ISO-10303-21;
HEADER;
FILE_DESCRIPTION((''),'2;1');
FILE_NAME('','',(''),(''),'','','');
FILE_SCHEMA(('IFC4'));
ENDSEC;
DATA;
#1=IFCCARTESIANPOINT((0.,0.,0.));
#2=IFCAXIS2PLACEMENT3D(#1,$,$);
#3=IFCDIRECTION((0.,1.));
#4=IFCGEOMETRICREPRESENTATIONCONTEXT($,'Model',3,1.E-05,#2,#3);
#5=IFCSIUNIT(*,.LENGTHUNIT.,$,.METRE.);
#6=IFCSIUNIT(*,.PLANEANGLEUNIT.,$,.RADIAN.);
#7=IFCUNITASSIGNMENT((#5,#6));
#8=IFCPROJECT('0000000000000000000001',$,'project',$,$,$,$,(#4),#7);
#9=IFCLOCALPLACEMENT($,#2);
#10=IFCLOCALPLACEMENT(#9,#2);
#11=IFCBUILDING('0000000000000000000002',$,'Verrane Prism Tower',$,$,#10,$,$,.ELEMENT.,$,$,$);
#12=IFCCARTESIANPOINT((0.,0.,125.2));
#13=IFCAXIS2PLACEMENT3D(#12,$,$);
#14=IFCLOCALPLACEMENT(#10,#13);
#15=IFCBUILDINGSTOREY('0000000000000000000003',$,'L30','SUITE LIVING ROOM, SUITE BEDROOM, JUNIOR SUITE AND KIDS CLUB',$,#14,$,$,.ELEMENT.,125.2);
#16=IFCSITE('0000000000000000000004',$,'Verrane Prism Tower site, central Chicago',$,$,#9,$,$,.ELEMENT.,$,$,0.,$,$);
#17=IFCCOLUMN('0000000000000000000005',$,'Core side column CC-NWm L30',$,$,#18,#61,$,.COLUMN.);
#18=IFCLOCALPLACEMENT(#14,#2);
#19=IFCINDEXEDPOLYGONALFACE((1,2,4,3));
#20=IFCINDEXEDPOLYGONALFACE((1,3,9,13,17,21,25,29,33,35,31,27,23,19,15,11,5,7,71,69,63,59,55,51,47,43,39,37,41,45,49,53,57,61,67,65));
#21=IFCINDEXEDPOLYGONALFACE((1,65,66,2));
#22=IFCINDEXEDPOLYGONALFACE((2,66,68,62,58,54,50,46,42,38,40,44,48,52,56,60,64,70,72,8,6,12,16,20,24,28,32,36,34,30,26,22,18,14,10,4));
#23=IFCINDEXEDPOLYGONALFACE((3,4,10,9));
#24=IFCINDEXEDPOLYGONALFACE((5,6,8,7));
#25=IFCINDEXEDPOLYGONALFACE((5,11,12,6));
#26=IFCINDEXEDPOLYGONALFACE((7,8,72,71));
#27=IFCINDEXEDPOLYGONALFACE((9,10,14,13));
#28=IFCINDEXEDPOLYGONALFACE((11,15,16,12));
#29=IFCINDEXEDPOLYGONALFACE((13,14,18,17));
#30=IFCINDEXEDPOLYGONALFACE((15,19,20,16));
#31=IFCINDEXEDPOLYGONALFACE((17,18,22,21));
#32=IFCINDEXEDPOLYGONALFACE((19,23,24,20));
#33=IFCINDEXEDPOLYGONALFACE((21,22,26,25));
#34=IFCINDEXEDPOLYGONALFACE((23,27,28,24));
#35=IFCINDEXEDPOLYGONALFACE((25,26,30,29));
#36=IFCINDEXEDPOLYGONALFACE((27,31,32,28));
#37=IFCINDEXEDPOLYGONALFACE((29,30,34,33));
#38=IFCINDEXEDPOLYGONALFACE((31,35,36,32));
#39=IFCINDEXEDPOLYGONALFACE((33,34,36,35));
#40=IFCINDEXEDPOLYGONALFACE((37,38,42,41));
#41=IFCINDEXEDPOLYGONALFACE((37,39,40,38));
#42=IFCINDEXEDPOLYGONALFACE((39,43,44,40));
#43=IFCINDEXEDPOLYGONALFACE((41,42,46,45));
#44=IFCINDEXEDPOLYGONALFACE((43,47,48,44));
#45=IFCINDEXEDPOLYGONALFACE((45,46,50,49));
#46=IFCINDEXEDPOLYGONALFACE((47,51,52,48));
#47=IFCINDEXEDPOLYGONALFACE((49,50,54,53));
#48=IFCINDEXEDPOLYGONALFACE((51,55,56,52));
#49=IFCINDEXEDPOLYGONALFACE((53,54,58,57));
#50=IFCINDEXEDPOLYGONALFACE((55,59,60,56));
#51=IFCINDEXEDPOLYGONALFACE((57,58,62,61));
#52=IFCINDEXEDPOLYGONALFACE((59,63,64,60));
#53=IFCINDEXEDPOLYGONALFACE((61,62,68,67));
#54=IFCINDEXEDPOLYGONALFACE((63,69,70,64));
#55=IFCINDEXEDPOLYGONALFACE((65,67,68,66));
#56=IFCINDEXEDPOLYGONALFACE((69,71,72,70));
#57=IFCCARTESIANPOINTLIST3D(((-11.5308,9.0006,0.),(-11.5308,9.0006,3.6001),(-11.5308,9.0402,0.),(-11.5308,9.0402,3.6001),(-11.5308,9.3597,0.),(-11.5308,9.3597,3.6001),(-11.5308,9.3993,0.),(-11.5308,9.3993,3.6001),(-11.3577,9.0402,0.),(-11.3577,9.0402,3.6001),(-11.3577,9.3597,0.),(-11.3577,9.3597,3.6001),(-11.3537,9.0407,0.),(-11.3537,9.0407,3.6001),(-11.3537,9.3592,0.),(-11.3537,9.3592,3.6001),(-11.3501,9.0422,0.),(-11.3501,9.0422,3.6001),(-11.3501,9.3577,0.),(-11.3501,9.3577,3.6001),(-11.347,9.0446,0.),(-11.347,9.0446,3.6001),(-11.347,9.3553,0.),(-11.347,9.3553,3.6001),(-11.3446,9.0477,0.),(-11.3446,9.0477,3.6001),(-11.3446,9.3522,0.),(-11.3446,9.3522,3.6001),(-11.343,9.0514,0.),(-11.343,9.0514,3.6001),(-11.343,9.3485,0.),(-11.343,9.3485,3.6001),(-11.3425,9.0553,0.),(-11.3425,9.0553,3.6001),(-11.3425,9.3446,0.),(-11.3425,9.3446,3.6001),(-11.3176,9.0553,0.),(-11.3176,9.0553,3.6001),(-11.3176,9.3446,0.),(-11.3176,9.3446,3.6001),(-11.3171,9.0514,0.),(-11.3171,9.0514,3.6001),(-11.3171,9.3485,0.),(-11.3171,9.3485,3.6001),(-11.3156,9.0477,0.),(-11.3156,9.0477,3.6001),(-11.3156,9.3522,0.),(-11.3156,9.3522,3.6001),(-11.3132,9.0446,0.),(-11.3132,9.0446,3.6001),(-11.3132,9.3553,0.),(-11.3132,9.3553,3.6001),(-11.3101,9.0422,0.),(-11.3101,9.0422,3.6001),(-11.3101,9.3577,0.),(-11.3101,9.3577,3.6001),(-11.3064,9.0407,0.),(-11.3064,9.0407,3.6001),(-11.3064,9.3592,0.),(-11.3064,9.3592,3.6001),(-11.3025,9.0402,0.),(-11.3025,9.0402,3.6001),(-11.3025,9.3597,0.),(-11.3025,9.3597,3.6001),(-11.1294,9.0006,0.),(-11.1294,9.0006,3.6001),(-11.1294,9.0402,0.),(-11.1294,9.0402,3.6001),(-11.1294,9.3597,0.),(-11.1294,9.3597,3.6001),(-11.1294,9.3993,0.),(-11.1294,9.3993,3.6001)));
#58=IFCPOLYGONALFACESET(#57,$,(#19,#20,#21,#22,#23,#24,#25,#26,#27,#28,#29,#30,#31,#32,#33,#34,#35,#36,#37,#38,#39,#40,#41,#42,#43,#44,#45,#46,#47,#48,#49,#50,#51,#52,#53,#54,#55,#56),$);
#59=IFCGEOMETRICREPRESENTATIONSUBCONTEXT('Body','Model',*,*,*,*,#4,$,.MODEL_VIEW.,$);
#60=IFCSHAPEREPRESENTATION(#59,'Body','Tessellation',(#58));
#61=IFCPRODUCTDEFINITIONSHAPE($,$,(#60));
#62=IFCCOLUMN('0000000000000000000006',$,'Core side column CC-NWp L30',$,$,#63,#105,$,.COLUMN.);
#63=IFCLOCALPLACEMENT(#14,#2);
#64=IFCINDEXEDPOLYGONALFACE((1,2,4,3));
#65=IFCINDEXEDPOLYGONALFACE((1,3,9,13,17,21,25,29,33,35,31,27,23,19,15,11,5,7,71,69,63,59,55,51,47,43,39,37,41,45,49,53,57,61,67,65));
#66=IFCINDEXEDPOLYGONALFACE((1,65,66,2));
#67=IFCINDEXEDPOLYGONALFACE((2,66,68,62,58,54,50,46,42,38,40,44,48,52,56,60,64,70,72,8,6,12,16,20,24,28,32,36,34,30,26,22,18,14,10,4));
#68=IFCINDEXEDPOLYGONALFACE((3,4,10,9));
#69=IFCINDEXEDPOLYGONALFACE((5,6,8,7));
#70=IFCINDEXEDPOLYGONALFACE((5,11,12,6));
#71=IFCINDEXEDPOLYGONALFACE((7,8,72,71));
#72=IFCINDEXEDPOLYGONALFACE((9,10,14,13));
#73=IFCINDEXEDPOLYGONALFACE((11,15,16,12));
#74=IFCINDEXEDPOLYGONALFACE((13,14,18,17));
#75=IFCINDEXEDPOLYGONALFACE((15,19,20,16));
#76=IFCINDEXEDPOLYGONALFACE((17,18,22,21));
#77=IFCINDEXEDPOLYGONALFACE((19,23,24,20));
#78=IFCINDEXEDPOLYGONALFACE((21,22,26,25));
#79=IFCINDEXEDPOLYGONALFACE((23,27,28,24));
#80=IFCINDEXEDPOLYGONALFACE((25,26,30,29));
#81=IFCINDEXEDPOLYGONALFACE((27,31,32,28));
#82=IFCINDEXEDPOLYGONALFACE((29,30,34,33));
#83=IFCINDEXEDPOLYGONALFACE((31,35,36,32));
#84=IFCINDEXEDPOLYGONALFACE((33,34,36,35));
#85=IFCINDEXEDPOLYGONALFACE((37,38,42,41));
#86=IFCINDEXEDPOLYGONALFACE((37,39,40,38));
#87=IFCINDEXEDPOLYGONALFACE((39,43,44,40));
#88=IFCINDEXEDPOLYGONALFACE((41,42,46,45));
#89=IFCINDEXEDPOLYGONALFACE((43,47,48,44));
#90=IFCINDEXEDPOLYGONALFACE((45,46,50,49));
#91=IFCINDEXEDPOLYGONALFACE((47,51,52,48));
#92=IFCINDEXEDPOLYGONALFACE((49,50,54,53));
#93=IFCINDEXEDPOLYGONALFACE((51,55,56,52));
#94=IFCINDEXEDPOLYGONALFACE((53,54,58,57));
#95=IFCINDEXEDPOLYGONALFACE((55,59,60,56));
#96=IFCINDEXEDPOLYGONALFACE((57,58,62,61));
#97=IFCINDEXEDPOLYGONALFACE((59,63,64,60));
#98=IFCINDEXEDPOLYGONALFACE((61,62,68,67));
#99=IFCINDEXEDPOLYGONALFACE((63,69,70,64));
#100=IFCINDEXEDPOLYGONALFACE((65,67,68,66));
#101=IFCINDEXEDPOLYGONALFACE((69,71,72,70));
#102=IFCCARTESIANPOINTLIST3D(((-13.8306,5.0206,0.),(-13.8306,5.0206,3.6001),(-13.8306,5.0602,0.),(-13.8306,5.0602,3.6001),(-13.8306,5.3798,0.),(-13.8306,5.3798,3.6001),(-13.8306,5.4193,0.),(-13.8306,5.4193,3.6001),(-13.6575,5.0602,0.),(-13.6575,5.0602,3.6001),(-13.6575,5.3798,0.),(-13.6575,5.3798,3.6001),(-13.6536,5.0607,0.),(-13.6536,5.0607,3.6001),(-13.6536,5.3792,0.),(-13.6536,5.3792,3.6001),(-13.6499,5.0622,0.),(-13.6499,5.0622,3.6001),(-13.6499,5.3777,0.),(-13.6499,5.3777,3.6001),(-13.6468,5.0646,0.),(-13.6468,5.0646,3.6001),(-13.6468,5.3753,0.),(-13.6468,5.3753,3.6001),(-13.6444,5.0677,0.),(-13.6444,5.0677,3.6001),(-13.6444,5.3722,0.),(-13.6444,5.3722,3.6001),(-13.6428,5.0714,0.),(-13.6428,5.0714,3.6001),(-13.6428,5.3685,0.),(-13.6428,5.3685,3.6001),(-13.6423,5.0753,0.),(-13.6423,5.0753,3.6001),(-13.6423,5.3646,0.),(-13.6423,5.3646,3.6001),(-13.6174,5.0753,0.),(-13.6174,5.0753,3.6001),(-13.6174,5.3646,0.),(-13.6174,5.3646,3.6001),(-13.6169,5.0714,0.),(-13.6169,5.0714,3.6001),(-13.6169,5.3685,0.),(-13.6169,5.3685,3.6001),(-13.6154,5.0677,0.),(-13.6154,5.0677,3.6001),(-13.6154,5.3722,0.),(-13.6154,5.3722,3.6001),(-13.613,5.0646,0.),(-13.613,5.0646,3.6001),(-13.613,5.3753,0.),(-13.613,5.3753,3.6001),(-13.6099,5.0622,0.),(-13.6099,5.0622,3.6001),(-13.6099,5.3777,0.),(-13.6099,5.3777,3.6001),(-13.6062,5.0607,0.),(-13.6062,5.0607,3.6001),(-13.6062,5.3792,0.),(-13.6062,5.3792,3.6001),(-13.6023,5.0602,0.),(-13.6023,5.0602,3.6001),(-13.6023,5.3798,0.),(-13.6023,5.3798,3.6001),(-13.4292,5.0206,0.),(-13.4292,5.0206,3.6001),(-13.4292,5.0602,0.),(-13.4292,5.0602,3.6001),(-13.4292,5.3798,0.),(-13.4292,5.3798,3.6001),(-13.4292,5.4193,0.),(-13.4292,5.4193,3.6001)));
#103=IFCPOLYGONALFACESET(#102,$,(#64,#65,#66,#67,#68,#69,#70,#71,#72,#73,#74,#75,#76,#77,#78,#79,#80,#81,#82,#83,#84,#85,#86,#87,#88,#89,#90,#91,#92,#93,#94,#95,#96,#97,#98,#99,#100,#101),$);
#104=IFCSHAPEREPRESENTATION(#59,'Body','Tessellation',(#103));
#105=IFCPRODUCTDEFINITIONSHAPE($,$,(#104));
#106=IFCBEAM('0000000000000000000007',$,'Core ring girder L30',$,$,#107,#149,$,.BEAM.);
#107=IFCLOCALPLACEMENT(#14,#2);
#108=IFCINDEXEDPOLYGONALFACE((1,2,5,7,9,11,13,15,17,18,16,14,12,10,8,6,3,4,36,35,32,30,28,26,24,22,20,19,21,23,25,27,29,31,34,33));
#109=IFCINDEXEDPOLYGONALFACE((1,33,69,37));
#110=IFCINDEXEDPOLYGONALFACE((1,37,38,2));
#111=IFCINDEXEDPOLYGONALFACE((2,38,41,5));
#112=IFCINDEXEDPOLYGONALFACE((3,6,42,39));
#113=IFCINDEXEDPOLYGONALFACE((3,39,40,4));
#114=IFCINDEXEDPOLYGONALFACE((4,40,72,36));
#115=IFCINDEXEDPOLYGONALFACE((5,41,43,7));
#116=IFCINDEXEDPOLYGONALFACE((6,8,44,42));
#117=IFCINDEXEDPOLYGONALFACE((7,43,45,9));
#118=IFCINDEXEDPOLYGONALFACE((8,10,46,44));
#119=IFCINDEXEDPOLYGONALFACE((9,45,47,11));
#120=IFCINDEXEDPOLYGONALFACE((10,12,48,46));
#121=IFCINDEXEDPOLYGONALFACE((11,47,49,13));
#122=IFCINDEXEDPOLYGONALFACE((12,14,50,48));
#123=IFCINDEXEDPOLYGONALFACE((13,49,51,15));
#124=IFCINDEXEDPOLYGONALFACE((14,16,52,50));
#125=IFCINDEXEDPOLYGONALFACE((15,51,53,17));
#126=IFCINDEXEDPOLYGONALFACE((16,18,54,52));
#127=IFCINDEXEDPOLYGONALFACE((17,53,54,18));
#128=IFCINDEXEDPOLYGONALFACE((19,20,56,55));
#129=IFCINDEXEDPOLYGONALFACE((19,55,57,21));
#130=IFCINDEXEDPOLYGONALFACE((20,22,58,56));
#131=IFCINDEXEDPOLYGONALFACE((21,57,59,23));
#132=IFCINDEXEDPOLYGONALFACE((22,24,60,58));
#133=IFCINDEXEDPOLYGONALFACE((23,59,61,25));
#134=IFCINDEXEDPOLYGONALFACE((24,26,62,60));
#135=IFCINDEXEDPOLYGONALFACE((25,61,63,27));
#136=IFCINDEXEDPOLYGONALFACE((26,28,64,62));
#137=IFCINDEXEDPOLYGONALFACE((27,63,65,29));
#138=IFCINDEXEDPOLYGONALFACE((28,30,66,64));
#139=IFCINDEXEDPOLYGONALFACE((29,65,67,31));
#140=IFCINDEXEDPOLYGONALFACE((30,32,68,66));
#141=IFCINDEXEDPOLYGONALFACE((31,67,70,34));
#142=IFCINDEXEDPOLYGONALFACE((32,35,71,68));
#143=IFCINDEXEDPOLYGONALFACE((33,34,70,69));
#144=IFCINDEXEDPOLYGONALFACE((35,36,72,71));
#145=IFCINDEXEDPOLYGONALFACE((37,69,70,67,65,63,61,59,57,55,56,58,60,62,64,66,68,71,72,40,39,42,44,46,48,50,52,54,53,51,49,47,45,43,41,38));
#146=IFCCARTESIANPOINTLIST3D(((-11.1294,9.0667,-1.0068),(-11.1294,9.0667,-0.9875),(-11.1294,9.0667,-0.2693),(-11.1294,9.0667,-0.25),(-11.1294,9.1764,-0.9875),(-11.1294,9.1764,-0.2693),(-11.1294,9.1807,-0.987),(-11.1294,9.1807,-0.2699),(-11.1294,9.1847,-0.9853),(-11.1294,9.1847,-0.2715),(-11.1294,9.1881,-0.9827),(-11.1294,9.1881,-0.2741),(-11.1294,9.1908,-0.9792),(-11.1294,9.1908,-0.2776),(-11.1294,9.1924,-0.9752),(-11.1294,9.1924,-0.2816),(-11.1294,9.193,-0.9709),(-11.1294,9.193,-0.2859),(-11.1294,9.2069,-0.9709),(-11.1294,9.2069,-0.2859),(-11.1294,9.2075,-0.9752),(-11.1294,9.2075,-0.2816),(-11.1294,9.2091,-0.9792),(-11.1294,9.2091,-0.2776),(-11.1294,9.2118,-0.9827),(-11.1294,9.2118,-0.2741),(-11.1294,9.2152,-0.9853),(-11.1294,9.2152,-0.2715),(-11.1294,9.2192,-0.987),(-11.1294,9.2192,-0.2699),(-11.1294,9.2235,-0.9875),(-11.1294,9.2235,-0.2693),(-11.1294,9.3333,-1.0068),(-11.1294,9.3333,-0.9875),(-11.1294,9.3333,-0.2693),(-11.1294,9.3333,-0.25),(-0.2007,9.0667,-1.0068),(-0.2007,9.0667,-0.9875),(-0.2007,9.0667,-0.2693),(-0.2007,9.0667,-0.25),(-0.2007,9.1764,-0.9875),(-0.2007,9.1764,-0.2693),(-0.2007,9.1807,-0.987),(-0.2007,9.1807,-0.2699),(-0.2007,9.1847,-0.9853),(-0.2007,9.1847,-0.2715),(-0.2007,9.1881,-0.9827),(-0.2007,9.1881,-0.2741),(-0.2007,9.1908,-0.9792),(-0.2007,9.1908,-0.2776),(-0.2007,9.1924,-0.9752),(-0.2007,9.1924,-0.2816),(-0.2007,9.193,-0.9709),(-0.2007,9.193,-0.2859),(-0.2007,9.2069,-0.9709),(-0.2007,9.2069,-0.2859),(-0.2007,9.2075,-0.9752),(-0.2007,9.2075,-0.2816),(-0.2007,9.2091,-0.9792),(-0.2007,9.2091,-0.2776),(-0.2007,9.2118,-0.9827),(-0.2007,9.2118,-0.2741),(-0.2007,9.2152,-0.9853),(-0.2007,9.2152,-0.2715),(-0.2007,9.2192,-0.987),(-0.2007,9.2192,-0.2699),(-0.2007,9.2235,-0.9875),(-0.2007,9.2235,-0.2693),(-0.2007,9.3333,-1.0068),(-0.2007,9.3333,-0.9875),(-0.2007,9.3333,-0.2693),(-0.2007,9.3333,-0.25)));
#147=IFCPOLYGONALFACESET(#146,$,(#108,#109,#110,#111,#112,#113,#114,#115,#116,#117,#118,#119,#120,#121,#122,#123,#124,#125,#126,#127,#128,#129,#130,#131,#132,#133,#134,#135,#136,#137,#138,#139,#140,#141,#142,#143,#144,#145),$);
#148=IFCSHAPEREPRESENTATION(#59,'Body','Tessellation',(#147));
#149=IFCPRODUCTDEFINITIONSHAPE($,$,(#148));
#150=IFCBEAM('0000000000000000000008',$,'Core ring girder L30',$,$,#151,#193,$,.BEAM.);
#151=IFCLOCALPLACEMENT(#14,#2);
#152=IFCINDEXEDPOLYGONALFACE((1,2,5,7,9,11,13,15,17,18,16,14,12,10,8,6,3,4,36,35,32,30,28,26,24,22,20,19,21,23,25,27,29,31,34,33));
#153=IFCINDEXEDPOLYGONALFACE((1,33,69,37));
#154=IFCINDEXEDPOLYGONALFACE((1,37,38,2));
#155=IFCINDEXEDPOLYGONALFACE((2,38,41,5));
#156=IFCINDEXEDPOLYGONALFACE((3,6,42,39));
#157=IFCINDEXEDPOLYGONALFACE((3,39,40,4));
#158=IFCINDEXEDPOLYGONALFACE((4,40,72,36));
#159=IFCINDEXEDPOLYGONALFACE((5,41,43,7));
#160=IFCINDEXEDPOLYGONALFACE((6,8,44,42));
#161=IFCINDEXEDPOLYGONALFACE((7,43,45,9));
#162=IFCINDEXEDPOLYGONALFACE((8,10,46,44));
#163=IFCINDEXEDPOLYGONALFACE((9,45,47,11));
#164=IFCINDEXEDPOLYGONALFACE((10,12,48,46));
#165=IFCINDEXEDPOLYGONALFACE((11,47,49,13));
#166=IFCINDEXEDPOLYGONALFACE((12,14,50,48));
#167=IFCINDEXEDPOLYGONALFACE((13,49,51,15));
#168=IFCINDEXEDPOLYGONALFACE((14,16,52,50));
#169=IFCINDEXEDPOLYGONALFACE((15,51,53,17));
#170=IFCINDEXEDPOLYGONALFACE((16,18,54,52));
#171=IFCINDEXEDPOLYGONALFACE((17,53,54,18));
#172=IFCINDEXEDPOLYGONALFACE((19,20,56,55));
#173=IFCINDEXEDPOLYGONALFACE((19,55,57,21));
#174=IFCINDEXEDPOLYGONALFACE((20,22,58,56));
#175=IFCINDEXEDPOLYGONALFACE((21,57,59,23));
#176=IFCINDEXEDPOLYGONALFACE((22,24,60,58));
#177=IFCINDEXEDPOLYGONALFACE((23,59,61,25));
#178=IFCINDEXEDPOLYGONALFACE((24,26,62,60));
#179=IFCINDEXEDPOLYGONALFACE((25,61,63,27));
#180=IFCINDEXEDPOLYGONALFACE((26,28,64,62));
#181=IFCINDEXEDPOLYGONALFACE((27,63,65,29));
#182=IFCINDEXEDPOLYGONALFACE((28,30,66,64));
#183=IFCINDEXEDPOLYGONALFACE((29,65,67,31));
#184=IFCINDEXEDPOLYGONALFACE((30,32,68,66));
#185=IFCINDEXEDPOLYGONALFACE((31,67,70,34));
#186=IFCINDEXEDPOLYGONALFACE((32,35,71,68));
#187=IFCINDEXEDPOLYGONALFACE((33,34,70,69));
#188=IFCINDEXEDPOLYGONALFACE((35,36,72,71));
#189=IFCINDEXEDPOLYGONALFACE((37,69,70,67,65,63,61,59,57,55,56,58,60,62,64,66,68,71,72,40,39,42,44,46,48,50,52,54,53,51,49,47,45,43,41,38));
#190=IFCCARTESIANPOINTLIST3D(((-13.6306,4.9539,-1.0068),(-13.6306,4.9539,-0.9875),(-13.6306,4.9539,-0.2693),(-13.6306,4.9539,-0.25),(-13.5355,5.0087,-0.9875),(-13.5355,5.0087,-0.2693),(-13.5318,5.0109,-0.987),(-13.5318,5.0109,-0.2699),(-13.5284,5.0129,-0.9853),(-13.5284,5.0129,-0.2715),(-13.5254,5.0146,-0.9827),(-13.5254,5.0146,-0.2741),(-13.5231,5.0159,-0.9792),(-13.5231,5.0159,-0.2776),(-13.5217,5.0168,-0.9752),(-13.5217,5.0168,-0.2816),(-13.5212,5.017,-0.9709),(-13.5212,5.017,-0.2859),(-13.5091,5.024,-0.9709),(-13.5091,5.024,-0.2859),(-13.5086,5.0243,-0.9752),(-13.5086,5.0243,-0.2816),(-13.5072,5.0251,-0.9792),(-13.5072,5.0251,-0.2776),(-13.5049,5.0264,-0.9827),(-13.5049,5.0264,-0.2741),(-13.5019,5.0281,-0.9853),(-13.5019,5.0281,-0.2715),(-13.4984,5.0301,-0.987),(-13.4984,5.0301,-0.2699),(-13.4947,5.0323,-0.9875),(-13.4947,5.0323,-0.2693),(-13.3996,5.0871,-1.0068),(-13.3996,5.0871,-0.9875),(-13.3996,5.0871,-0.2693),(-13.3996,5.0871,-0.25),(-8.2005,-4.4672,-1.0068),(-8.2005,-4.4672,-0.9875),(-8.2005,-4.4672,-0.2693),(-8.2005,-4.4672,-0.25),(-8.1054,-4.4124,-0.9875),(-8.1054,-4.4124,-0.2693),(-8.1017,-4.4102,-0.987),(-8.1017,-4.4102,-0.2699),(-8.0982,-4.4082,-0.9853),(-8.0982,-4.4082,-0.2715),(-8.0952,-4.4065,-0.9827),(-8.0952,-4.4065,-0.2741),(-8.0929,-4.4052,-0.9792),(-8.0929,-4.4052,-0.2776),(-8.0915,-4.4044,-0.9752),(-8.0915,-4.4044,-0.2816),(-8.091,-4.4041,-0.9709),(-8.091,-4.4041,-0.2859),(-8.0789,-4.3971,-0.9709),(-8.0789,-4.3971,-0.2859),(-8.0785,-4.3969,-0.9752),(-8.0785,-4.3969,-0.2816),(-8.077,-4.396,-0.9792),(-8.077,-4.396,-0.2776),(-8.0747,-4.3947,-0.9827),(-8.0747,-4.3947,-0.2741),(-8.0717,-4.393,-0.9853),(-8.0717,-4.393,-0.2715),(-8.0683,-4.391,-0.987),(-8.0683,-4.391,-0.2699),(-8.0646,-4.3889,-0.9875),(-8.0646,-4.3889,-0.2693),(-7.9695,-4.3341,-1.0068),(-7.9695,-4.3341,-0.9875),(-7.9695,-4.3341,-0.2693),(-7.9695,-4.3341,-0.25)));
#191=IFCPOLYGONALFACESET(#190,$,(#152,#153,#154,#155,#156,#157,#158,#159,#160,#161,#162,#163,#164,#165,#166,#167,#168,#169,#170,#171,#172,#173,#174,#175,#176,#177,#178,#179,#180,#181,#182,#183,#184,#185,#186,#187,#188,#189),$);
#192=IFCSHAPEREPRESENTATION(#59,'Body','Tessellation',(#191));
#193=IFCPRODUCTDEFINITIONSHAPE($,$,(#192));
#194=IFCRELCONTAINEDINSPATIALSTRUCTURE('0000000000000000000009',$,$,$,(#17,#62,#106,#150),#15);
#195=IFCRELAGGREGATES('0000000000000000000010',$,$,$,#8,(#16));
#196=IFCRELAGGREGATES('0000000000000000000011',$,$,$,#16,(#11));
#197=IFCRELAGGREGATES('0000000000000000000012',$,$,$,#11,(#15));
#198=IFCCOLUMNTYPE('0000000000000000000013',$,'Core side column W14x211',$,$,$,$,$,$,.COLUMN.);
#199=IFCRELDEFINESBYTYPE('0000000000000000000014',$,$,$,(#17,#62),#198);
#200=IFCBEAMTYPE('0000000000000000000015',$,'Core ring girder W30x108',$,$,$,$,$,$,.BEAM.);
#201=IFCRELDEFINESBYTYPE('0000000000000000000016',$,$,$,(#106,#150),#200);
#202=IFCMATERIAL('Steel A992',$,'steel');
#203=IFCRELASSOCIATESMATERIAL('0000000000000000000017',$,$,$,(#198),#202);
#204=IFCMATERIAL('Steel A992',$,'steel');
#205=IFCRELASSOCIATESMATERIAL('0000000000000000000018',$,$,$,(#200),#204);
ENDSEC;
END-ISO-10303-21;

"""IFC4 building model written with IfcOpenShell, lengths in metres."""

from ifc_helpers import new_model, si_unit, direction, frame, origin, origin_2d, place, context, subcontext, project, spatial, i_section, extrude, material, material_profile, profile_set, type_object, element, save


model = new_model("IFC4")

# Units and contexts
model_context = context("Model", 3, precision=1e-05, world=origin(), true_north=direction((0.0, 1.0)))
body_context = subcontext(model_context, "Body", "Model", "MODEL_VIEW")
ifc_project = project(units=[si_unit("LENGTHUNIT", "METRE"), si_unit("PLANEANGLEUNIT", "RADIAN")], contexts=[model_context])

# Site, building, storey
site_placement = place(None, origin())
site = spatial("IfcSite", under=ifc_project, at=site_placement, Name="Verrane Prism Tower site, central Chicago", CompositionType="ELEMENT", RefElevation=0.0)
building_placement = place(site_placement, origin())
building = spatial("IfcBuilding", under=site, at=building_placement, Name="Verrane Prism Tower", CompositionType="ELEMENT")
storey_placement = place(building_placement, frame((0.0, 0.0, 125.2)))
storey = spatial("IfcBuildingStorey", under=building, at=storey_placement, Name="L30", Description="SUITE LIVING ROOM, SUITE BEDROOM, JUNIOR SUITE AND KIDS CLUB", CompositionType="ELEMENT", Elevation=125.2)

# Columns
ifc_material_1 = material(Name="Steel A992", Category="steel")
ifc_material_profile_1 = material_profile(ifc_material_1, i_section(OverallWidth=0.4014, OverallDepth=0.3987, WebThickness=0.0249, FlangeThickness=0.0396, FilletRadius=0.0151, at=origin_2d()), Name="W14x211")
ifc_profile_set_1 = profile_set([ifc_material_profile_1], Name="Steel A992")
column_type = type_object("IfcColumnType", Name="Core side column W14x211", PredefinedType="COLUMN", material=ifc_profile_set_1)
for number, where, z_axis, x_axis, name in (
    (1, (-11.3301, 9.2, 0.0), (0.0, 0.0, 1.0), (1.0, 0.0, 0.0), "Core side column CC-NWm L30"),
    (2, (-13.6299, 5.22, 0.0), (0.0, 0.0, 1.0), (1.0, 0.0, 0.0), "Core side column CC-NWp L30"),
):
    element("IfcColumn", number, at=place(storey_placement, frame(where, z_axis=z_axis, x_axis=x_axis)), inside=storey, type_object=column_type, Name=name, PredefinedType="COLUMN", context=body_context, shape_type="SweptSolid", body=[
        extrude(i_section(OverallWidth=0.4014, OverallDepth=0.3987, WebThickness=0.0249, FlangeThickness=0.0396, FilletRadius=0.0151, at=origin_2d()), origin(), (0.0, 0.0, 1.0), 3.6001),
    ])

# Beams
ifc_material_2 = material(Name="Steel A992", Category="steel")
ifc_material_profile_2 = material_profile(ifc_material_2, i_section(OverallWidth=0.2666, OverallDepth=0.7568, WebThickness=0.0139, FlangeThickness=0.0193, FilletRadius=0.0166, at=origin_2d()), Name="W30x108")
ifc_profile_set_2 = profile_set([ifc_material_profile_2], Name="Steel A992")
beam_type_1 = type_object("IfcBeamType", Name="Core ring girder W30x108", PredefinedType="BEAM", material=ifc_profile_set_2)
beam_1_placement = place(storey_placement, frame((-0.2007, 9.2, -0.6284), z_axis=(-1.0, 0.0, 0.0), x_axis=(0.0, -1.0, 0.0)))
element("IfcBeam", 3, at=beam_1_placement, inside=storey, type_object=beam_type_1, Name="Core ring girder L30", PredefinedType="BEAM", context=body_context, shape_type="SweptSolid", body=[
    extrude(i_section(OverallWidth=0.2666, OverallDepth=0.7568, WebThickness=0.0139, FlangeThickness=0.0193, FilletRadius=0.0166, at=origin_2d()), origin(), (0.0, 0.0, 1.0), 10.9287),
])
beam_2_placement = place(storey_placement, frame((-13.5151, 5.0205, -0.6284), z_axis=(0.499371, -0.866388, 0.0), x_axis=(0.866388, 0.499371, 0.0)))
element("IfcBeam", 4, at=beam_2_placement, inside=storey, type_object=beam_type_1, Name="Core ring girder L30", PredefinedType="BEAM", context=body_context, shape_type="SweptSolid", body=[
    extrude(i_section(OverallWidth=0.2666, OverallDepth=0.7568, WebThickness=0.0139, FlangeThickness=0.0193, FilletRadius=0.0166, at=origin_2d()), origin(), (0.0, 0.0, 1.0), 10.874),
])

save(model, "model.ifc")
